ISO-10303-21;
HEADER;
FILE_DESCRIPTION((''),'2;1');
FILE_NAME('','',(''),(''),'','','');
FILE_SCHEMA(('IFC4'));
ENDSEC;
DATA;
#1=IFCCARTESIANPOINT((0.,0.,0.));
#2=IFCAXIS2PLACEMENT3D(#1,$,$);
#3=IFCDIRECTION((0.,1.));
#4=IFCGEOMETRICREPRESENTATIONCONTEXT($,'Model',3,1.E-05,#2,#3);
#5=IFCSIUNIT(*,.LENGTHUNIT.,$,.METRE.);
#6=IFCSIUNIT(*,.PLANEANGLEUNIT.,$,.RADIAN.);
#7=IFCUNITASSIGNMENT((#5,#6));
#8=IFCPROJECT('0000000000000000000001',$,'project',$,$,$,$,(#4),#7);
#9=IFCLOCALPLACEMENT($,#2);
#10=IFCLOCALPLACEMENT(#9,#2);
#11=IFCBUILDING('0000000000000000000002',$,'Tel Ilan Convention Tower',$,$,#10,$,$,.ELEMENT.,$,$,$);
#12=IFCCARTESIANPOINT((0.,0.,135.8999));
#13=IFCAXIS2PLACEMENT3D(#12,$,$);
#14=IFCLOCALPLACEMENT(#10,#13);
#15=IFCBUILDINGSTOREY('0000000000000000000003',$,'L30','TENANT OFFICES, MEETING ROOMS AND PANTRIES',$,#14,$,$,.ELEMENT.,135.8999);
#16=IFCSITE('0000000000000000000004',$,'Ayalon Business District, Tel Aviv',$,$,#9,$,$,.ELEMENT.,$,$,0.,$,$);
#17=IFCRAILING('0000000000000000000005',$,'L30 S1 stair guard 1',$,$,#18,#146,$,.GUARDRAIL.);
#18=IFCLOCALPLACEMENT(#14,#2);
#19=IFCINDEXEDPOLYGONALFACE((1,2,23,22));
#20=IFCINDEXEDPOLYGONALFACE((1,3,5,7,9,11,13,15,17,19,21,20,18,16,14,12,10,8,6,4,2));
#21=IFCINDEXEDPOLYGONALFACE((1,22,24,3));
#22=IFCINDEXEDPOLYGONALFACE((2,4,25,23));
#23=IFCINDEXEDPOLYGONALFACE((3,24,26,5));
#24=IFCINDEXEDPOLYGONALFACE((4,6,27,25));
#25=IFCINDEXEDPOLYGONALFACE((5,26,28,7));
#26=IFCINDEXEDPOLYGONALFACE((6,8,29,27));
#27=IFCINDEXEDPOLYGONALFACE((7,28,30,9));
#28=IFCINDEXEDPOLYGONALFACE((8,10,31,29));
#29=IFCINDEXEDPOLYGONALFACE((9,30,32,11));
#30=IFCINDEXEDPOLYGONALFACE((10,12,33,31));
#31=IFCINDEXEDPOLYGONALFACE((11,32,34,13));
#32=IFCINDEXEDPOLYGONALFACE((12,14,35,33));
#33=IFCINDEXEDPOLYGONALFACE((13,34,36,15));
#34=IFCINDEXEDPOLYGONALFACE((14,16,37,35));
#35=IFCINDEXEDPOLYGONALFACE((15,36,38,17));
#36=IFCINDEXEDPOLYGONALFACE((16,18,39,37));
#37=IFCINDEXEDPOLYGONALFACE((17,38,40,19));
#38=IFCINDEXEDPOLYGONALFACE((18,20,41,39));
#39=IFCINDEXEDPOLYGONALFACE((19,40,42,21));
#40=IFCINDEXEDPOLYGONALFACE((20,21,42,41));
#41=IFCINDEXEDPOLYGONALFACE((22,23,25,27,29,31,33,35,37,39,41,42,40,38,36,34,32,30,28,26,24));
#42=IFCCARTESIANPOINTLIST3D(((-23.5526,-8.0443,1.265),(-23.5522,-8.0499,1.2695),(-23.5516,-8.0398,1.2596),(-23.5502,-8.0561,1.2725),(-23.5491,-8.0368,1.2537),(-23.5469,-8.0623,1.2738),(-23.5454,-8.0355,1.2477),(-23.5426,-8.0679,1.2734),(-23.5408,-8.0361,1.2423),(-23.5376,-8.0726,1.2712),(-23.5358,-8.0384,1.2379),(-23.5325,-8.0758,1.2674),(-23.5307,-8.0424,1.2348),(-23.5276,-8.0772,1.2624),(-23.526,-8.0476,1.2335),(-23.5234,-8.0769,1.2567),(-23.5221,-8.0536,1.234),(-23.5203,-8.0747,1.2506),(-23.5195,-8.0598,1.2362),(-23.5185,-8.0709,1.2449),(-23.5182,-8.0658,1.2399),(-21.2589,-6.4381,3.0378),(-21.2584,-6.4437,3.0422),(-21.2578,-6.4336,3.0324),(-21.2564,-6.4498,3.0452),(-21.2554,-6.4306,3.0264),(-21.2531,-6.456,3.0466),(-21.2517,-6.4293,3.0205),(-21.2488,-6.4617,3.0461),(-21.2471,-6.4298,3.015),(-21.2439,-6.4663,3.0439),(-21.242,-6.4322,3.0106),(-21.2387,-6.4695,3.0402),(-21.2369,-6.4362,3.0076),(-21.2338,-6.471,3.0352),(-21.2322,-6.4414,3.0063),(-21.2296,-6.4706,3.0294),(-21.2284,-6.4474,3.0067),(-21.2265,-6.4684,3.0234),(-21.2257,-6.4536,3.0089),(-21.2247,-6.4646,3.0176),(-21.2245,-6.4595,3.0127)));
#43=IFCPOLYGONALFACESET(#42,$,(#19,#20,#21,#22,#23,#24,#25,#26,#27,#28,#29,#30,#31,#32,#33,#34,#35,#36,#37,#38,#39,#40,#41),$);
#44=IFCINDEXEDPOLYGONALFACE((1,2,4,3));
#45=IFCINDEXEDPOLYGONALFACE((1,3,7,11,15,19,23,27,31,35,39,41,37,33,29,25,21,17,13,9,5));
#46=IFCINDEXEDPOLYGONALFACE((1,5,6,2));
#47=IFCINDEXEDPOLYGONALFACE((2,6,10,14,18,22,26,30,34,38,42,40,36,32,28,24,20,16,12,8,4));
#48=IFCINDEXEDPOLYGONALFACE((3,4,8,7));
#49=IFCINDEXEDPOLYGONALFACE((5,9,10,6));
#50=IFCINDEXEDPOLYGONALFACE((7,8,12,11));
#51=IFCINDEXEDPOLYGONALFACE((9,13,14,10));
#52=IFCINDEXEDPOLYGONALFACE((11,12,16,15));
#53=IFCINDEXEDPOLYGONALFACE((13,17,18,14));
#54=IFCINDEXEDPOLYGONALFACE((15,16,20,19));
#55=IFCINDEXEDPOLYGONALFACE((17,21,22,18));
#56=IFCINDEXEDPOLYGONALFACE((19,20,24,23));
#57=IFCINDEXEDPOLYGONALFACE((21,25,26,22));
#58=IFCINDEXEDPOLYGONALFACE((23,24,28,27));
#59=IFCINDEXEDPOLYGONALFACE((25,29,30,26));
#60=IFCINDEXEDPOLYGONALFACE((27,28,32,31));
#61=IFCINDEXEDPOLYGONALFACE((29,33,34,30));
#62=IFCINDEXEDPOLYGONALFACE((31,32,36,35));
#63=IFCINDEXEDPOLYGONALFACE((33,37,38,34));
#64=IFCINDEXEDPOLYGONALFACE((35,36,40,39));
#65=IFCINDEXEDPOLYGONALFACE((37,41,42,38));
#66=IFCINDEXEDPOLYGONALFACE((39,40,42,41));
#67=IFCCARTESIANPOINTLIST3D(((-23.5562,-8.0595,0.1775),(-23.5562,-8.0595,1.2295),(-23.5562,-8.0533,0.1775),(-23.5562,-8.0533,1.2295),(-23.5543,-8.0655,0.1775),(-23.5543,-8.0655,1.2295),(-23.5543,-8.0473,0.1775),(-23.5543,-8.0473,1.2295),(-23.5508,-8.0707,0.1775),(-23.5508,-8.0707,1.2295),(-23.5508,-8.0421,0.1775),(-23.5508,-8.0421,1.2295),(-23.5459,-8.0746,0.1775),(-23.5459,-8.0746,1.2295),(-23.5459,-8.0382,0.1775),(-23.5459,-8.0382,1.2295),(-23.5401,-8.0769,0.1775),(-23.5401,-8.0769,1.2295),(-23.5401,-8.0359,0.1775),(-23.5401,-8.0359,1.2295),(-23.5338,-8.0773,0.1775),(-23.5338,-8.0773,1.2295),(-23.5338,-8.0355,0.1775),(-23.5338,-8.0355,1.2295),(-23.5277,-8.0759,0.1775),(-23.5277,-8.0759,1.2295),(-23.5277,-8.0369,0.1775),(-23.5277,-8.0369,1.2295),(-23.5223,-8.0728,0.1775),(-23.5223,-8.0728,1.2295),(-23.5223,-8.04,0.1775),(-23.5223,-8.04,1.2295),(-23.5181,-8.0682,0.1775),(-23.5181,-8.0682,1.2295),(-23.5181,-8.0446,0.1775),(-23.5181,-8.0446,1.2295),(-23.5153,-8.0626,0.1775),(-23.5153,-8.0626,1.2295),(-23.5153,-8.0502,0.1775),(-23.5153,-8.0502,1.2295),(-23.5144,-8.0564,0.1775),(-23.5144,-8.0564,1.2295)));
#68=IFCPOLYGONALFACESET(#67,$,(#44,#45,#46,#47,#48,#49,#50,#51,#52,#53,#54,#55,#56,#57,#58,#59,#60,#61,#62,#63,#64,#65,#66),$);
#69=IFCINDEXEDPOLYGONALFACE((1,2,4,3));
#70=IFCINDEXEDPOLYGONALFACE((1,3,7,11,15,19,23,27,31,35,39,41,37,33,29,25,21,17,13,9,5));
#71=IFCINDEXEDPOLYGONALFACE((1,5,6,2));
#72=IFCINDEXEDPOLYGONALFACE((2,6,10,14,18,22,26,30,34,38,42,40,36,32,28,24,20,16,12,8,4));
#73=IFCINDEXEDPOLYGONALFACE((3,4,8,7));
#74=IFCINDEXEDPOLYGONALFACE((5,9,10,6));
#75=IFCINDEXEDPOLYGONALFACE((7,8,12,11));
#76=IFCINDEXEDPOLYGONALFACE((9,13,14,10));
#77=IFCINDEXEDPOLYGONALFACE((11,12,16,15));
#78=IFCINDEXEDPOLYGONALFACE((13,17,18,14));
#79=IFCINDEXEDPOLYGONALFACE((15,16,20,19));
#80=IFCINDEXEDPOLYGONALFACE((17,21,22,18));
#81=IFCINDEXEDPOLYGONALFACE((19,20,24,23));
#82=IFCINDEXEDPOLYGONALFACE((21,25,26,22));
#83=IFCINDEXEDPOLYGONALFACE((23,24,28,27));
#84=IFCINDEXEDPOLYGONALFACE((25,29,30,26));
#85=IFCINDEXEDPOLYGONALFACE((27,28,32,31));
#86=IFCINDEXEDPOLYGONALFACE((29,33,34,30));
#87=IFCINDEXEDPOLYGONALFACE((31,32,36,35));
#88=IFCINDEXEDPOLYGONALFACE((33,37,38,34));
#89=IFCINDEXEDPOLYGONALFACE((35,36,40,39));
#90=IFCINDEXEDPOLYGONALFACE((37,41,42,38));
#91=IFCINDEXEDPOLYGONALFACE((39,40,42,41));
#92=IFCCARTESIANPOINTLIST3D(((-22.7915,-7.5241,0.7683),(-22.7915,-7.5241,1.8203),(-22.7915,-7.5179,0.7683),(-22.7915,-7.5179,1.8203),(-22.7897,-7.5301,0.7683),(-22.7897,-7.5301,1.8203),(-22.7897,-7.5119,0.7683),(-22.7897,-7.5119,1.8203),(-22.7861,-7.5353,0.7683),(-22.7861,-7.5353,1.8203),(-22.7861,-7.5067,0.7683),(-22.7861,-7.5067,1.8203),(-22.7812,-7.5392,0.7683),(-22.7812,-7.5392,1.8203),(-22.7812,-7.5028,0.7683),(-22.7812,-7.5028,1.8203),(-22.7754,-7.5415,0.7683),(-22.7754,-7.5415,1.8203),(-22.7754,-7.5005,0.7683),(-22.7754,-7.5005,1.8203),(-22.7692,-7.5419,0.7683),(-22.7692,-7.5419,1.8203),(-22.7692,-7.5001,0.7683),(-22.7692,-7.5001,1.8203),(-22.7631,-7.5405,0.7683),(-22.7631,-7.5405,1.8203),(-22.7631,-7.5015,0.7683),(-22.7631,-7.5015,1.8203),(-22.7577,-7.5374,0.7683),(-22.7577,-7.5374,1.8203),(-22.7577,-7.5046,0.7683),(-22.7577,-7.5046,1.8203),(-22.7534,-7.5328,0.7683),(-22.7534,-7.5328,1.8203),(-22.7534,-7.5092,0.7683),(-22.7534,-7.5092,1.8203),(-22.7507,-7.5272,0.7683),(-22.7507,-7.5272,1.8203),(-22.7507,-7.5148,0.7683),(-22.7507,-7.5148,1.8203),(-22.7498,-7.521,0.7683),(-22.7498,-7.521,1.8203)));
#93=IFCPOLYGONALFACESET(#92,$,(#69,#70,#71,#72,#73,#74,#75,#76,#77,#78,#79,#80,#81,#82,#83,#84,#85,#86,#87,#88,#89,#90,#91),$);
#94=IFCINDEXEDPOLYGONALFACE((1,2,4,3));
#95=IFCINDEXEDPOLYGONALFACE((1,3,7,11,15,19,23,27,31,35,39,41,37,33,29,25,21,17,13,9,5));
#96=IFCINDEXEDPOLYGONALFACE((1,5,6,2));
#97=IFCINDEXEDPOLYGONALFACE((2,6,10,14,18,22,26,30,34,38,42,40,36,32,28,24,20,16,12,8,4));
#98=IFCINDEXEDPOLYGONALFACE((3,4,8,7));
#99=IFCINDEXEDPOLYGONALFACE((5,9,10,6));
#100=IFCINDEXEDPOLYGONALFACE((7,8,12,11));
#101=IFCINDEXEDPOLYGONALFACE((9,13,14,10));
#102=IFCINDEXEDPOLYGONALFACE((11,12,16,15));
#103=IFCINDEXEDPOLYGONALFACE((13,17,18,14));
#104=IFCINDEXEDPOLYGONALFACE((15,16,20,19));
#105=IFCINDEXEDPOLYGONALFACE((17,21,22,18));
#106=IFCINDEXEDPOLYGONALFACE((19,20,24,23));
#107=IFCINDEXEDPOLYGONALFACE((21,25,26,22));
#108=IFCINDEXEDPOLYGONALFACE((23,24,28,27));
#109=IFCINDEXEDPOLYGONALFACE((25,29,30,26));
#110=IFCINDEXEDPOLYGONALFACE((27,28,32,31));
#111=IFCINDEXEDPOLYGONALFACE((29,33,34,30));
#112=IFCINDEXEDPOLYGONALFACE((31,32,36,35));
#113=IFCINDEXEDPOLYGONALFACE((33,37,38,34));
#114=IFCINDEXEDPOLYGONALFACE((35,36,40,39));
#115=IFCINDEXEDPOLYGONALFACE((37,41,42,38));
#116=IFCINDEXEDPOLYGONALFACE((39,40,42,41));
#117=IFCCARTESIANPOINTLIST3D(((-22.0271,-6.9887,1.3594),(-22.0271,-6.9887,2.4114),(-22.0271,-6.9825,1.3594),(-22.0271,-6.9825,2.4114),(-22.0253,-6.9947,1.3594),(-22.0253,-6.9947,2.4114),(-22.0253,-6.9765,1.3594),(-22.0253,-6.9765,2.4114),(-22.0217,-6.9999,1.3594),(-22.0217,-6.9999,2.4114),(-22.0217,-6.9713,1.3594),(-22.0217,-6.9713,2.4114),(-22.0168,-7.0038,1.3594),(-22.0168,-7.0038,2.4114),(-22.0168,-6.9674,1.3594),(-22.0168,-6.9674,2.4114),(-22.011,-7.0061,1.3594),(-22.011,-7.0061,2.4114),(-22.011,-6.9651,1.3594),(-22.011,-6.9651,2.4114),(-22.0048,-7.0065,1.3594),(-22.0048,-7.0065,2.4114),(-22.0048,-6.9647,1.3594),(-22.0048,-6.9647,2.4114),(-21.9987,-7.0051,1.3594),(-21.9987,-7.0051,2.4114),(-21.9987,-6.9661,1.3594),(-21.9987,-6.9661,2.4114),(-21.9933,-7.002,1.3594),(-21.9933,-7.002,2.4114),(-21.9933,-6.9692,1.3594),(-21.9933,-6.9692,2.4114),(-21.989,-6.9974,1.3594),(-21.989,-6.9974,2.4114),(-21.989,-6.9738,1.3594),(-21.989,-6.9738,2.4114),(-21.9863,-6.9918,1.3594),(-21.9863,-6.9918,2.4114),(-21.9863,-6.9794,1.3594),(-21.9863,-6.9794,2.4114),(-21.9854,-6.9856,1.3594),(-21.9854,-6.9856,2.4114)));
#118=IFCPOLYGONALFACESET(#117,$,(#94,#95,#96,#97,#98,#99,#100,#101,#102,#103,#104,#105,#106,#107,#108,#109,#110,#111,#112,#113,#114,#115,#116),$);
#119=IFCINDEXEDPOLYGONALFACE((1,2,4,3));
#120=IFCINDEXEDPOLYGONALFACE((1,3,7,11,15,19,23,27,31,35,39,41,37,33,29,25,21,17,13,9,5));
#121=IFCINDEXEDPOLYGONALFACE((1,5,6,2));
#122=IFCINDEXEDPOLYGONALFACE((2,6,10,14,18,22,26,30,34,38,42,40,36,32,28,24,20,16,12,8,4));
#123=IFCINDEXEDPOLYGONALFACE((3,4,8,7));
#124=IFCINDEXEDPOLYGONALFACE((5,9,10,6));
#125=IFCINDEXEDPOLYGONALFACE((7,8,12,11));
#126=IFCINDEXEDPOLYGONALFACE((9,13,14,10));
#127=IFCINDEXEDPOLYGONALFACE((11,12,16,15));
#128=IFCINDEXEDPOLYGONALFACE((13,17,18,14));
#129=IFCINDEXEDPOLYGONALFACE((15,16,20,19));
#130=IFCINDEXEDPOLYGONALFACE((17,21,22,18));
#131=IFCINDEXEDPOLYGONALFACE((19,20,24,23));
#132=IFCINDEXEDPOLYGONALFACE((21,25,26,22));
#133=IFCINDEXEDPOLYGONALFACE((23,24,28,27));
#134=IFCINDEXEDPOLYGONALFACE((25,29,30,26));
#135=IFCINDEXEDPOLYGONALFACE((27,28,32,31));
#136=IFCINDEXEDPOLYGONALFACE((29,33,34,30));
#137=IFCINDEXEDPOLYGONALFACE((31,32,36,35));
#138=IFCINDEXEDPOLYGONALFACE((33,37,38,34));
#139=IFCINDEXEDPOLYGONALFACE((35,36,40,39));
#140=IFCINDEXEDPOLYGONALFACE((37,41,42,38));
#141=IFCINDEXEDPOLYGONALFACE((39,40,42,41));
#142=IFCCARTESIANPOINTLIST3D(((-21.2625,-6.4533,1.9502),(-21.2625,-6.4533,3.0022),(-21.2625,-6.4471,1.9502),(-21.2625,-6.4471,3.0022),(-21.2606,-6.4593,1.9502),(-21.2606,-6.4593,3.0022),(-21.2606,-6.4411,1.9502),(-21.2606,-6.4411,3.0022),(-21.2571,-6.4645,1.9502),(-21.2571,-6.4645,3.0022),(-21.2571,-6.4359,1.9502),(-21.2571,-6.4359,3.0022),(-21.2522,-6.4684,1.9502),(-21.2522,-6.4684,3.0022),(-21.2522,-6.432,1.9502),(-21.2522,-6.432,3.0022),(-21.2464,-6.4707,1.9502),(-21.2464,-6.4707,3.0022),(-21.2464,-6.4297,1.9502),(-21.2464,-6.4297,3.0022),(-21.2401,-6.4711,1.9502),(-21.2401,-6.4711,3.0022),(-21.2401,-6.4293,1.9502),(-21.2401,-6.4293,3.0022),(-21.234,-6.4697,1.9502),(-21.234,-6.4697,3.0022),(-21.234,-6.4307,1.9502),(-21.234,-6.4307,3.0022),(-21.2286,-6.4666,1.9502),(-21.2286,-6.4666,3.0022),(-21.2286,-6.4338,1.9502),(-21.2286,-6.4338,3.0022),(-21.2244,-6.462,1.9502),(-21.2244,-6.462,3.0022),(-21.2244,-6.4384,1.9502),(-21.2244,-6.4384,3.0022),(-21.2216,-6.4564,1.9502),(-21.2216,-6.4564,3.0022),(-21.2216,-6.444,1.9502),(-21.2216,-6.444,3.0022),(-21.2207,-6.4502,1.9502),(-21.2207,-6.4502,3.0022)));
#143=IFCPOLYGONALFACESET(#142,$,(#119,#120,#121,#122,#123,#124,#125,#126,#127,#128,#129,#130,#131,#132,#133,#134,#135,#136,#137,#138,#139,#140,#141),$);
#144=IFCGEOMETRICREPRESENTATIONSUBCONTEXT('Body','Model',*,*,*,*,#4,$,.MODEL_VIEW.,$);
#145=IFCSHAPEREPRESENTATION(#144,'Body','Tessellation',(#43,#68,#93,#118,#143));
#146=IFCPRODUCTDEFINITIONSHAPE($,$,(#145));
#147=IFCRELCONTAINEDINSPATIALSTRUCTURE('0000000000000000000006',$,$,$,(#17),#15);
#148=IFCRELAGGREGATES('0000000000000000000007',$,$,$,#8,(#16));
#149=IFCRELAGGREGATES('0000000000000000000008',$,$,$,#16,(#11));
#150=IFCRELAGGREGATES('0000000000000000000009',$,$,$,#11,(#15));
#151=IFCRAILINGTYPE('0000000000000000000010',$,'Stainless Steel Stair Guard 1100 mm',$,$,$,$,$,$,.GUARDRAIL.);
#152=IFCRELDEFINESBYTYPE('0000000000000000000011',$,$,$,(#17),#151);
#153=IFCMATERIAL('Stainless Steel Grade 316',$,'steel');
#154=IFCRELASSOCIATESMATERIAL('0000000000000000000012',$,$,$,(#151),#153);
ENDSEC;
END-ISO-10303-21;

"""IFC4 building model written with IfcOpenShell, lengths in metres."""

from ifc_helpers import new_model, si_unit, direction, frame, origin, origin_2d, place, context, subcontext, project, spatial, circle, extrude, material, type_object, element, save


model = new_model("IFC4")

# Units and contexts
model_context = context("Model", 3, precision=1e-05, world=origin(), true_north=direction((0.0, 1.0)))
body_context = subcontext(model_context, "Body", "Model", "MODEL_VIEW")
ifc_project = project(units=[si_unit("LENGTHUNIT", "METRE"), si_unit("PLANEANGLEUNIT", "RADIAN")], contexts=[model_context])

# Site, building, storey
site_placement = place(None, origin())
site = spatial("IfcSite", under=ifc_project, at=site_placement, Name="Ayalon Business District, Tel Aviv", CompositionType="ELEMENT", RefElevation=0.0)
building_placement = place(site_placement, origin())
building = spatial("IfcBuilding", under=site, at=building_placement, Name="Tel Ilan Convention Tower", CompositionType="ELEMENT")
storey_placement = place(building_placement, frame((0.0, 0.0, 135.8999)))
storey = spatial("IfcBuildingStorey", under=building, at=storey_placement, Name="L30", Description="TENANT OFFICES, MEETING ROOMS AND PANTRIES", CompositionType="ELEMENT", Elevation=135.8999)

# Railing
ifc_material_1 = material(Name="Stainless Steel Grade 316", Category="steel")
railing_type_1 = type_object("IfcRailingType", Name="Stainless Steel Stair Guard 1100 mm", PredefinedType="GUARDRAIL", material=ifc_material_1)
railing_1_placement = place(storey_placement, frame((-23.5354, -8.0564, 0.1775)))
element("IfcRailing", 1, at=railing_1_placement, inside=storey, type_object=railing_type_1, Name="L30 S1 stair guard 1", PredefinedType="GUARDRAIL", context=body_context, shape_type="SweptSolid", body=[
    extrude(circle(Radius=0.0239, at=origin_2d()), frame((0.0, 0.0, 1.0762), z_axis=(0.692098, 0.484653, 0.534894), x_axis=(-0.573609, 0.81913, 0.0)), (0.0, 0.0, 1.0), 3.3142),
    extrude(circle(Radius=0.021, at=origin_2d()), origin(), (0.0, 0.0, 1.0), 1.052),
    extrude(circle(Radius=0.021, at=origin_2d()), frame((0.7646, 0.5354, 0.5908)), (0.0, 0.0, 1.0), 1.052),
    extrude(circle(Radius=0.021, at=origin_2d()), frame((1.5291, 1.0708, 1.1819)), (0.0, 0.0, 1.0), 1.052),
    extrude(circle(Radius=0.021, at=origin_2d()), frame((2.2937, 1.6062, 1.7727)), (0.0, 0.0, 1.0), 1.052),
])

save(model, "model.ifc")
